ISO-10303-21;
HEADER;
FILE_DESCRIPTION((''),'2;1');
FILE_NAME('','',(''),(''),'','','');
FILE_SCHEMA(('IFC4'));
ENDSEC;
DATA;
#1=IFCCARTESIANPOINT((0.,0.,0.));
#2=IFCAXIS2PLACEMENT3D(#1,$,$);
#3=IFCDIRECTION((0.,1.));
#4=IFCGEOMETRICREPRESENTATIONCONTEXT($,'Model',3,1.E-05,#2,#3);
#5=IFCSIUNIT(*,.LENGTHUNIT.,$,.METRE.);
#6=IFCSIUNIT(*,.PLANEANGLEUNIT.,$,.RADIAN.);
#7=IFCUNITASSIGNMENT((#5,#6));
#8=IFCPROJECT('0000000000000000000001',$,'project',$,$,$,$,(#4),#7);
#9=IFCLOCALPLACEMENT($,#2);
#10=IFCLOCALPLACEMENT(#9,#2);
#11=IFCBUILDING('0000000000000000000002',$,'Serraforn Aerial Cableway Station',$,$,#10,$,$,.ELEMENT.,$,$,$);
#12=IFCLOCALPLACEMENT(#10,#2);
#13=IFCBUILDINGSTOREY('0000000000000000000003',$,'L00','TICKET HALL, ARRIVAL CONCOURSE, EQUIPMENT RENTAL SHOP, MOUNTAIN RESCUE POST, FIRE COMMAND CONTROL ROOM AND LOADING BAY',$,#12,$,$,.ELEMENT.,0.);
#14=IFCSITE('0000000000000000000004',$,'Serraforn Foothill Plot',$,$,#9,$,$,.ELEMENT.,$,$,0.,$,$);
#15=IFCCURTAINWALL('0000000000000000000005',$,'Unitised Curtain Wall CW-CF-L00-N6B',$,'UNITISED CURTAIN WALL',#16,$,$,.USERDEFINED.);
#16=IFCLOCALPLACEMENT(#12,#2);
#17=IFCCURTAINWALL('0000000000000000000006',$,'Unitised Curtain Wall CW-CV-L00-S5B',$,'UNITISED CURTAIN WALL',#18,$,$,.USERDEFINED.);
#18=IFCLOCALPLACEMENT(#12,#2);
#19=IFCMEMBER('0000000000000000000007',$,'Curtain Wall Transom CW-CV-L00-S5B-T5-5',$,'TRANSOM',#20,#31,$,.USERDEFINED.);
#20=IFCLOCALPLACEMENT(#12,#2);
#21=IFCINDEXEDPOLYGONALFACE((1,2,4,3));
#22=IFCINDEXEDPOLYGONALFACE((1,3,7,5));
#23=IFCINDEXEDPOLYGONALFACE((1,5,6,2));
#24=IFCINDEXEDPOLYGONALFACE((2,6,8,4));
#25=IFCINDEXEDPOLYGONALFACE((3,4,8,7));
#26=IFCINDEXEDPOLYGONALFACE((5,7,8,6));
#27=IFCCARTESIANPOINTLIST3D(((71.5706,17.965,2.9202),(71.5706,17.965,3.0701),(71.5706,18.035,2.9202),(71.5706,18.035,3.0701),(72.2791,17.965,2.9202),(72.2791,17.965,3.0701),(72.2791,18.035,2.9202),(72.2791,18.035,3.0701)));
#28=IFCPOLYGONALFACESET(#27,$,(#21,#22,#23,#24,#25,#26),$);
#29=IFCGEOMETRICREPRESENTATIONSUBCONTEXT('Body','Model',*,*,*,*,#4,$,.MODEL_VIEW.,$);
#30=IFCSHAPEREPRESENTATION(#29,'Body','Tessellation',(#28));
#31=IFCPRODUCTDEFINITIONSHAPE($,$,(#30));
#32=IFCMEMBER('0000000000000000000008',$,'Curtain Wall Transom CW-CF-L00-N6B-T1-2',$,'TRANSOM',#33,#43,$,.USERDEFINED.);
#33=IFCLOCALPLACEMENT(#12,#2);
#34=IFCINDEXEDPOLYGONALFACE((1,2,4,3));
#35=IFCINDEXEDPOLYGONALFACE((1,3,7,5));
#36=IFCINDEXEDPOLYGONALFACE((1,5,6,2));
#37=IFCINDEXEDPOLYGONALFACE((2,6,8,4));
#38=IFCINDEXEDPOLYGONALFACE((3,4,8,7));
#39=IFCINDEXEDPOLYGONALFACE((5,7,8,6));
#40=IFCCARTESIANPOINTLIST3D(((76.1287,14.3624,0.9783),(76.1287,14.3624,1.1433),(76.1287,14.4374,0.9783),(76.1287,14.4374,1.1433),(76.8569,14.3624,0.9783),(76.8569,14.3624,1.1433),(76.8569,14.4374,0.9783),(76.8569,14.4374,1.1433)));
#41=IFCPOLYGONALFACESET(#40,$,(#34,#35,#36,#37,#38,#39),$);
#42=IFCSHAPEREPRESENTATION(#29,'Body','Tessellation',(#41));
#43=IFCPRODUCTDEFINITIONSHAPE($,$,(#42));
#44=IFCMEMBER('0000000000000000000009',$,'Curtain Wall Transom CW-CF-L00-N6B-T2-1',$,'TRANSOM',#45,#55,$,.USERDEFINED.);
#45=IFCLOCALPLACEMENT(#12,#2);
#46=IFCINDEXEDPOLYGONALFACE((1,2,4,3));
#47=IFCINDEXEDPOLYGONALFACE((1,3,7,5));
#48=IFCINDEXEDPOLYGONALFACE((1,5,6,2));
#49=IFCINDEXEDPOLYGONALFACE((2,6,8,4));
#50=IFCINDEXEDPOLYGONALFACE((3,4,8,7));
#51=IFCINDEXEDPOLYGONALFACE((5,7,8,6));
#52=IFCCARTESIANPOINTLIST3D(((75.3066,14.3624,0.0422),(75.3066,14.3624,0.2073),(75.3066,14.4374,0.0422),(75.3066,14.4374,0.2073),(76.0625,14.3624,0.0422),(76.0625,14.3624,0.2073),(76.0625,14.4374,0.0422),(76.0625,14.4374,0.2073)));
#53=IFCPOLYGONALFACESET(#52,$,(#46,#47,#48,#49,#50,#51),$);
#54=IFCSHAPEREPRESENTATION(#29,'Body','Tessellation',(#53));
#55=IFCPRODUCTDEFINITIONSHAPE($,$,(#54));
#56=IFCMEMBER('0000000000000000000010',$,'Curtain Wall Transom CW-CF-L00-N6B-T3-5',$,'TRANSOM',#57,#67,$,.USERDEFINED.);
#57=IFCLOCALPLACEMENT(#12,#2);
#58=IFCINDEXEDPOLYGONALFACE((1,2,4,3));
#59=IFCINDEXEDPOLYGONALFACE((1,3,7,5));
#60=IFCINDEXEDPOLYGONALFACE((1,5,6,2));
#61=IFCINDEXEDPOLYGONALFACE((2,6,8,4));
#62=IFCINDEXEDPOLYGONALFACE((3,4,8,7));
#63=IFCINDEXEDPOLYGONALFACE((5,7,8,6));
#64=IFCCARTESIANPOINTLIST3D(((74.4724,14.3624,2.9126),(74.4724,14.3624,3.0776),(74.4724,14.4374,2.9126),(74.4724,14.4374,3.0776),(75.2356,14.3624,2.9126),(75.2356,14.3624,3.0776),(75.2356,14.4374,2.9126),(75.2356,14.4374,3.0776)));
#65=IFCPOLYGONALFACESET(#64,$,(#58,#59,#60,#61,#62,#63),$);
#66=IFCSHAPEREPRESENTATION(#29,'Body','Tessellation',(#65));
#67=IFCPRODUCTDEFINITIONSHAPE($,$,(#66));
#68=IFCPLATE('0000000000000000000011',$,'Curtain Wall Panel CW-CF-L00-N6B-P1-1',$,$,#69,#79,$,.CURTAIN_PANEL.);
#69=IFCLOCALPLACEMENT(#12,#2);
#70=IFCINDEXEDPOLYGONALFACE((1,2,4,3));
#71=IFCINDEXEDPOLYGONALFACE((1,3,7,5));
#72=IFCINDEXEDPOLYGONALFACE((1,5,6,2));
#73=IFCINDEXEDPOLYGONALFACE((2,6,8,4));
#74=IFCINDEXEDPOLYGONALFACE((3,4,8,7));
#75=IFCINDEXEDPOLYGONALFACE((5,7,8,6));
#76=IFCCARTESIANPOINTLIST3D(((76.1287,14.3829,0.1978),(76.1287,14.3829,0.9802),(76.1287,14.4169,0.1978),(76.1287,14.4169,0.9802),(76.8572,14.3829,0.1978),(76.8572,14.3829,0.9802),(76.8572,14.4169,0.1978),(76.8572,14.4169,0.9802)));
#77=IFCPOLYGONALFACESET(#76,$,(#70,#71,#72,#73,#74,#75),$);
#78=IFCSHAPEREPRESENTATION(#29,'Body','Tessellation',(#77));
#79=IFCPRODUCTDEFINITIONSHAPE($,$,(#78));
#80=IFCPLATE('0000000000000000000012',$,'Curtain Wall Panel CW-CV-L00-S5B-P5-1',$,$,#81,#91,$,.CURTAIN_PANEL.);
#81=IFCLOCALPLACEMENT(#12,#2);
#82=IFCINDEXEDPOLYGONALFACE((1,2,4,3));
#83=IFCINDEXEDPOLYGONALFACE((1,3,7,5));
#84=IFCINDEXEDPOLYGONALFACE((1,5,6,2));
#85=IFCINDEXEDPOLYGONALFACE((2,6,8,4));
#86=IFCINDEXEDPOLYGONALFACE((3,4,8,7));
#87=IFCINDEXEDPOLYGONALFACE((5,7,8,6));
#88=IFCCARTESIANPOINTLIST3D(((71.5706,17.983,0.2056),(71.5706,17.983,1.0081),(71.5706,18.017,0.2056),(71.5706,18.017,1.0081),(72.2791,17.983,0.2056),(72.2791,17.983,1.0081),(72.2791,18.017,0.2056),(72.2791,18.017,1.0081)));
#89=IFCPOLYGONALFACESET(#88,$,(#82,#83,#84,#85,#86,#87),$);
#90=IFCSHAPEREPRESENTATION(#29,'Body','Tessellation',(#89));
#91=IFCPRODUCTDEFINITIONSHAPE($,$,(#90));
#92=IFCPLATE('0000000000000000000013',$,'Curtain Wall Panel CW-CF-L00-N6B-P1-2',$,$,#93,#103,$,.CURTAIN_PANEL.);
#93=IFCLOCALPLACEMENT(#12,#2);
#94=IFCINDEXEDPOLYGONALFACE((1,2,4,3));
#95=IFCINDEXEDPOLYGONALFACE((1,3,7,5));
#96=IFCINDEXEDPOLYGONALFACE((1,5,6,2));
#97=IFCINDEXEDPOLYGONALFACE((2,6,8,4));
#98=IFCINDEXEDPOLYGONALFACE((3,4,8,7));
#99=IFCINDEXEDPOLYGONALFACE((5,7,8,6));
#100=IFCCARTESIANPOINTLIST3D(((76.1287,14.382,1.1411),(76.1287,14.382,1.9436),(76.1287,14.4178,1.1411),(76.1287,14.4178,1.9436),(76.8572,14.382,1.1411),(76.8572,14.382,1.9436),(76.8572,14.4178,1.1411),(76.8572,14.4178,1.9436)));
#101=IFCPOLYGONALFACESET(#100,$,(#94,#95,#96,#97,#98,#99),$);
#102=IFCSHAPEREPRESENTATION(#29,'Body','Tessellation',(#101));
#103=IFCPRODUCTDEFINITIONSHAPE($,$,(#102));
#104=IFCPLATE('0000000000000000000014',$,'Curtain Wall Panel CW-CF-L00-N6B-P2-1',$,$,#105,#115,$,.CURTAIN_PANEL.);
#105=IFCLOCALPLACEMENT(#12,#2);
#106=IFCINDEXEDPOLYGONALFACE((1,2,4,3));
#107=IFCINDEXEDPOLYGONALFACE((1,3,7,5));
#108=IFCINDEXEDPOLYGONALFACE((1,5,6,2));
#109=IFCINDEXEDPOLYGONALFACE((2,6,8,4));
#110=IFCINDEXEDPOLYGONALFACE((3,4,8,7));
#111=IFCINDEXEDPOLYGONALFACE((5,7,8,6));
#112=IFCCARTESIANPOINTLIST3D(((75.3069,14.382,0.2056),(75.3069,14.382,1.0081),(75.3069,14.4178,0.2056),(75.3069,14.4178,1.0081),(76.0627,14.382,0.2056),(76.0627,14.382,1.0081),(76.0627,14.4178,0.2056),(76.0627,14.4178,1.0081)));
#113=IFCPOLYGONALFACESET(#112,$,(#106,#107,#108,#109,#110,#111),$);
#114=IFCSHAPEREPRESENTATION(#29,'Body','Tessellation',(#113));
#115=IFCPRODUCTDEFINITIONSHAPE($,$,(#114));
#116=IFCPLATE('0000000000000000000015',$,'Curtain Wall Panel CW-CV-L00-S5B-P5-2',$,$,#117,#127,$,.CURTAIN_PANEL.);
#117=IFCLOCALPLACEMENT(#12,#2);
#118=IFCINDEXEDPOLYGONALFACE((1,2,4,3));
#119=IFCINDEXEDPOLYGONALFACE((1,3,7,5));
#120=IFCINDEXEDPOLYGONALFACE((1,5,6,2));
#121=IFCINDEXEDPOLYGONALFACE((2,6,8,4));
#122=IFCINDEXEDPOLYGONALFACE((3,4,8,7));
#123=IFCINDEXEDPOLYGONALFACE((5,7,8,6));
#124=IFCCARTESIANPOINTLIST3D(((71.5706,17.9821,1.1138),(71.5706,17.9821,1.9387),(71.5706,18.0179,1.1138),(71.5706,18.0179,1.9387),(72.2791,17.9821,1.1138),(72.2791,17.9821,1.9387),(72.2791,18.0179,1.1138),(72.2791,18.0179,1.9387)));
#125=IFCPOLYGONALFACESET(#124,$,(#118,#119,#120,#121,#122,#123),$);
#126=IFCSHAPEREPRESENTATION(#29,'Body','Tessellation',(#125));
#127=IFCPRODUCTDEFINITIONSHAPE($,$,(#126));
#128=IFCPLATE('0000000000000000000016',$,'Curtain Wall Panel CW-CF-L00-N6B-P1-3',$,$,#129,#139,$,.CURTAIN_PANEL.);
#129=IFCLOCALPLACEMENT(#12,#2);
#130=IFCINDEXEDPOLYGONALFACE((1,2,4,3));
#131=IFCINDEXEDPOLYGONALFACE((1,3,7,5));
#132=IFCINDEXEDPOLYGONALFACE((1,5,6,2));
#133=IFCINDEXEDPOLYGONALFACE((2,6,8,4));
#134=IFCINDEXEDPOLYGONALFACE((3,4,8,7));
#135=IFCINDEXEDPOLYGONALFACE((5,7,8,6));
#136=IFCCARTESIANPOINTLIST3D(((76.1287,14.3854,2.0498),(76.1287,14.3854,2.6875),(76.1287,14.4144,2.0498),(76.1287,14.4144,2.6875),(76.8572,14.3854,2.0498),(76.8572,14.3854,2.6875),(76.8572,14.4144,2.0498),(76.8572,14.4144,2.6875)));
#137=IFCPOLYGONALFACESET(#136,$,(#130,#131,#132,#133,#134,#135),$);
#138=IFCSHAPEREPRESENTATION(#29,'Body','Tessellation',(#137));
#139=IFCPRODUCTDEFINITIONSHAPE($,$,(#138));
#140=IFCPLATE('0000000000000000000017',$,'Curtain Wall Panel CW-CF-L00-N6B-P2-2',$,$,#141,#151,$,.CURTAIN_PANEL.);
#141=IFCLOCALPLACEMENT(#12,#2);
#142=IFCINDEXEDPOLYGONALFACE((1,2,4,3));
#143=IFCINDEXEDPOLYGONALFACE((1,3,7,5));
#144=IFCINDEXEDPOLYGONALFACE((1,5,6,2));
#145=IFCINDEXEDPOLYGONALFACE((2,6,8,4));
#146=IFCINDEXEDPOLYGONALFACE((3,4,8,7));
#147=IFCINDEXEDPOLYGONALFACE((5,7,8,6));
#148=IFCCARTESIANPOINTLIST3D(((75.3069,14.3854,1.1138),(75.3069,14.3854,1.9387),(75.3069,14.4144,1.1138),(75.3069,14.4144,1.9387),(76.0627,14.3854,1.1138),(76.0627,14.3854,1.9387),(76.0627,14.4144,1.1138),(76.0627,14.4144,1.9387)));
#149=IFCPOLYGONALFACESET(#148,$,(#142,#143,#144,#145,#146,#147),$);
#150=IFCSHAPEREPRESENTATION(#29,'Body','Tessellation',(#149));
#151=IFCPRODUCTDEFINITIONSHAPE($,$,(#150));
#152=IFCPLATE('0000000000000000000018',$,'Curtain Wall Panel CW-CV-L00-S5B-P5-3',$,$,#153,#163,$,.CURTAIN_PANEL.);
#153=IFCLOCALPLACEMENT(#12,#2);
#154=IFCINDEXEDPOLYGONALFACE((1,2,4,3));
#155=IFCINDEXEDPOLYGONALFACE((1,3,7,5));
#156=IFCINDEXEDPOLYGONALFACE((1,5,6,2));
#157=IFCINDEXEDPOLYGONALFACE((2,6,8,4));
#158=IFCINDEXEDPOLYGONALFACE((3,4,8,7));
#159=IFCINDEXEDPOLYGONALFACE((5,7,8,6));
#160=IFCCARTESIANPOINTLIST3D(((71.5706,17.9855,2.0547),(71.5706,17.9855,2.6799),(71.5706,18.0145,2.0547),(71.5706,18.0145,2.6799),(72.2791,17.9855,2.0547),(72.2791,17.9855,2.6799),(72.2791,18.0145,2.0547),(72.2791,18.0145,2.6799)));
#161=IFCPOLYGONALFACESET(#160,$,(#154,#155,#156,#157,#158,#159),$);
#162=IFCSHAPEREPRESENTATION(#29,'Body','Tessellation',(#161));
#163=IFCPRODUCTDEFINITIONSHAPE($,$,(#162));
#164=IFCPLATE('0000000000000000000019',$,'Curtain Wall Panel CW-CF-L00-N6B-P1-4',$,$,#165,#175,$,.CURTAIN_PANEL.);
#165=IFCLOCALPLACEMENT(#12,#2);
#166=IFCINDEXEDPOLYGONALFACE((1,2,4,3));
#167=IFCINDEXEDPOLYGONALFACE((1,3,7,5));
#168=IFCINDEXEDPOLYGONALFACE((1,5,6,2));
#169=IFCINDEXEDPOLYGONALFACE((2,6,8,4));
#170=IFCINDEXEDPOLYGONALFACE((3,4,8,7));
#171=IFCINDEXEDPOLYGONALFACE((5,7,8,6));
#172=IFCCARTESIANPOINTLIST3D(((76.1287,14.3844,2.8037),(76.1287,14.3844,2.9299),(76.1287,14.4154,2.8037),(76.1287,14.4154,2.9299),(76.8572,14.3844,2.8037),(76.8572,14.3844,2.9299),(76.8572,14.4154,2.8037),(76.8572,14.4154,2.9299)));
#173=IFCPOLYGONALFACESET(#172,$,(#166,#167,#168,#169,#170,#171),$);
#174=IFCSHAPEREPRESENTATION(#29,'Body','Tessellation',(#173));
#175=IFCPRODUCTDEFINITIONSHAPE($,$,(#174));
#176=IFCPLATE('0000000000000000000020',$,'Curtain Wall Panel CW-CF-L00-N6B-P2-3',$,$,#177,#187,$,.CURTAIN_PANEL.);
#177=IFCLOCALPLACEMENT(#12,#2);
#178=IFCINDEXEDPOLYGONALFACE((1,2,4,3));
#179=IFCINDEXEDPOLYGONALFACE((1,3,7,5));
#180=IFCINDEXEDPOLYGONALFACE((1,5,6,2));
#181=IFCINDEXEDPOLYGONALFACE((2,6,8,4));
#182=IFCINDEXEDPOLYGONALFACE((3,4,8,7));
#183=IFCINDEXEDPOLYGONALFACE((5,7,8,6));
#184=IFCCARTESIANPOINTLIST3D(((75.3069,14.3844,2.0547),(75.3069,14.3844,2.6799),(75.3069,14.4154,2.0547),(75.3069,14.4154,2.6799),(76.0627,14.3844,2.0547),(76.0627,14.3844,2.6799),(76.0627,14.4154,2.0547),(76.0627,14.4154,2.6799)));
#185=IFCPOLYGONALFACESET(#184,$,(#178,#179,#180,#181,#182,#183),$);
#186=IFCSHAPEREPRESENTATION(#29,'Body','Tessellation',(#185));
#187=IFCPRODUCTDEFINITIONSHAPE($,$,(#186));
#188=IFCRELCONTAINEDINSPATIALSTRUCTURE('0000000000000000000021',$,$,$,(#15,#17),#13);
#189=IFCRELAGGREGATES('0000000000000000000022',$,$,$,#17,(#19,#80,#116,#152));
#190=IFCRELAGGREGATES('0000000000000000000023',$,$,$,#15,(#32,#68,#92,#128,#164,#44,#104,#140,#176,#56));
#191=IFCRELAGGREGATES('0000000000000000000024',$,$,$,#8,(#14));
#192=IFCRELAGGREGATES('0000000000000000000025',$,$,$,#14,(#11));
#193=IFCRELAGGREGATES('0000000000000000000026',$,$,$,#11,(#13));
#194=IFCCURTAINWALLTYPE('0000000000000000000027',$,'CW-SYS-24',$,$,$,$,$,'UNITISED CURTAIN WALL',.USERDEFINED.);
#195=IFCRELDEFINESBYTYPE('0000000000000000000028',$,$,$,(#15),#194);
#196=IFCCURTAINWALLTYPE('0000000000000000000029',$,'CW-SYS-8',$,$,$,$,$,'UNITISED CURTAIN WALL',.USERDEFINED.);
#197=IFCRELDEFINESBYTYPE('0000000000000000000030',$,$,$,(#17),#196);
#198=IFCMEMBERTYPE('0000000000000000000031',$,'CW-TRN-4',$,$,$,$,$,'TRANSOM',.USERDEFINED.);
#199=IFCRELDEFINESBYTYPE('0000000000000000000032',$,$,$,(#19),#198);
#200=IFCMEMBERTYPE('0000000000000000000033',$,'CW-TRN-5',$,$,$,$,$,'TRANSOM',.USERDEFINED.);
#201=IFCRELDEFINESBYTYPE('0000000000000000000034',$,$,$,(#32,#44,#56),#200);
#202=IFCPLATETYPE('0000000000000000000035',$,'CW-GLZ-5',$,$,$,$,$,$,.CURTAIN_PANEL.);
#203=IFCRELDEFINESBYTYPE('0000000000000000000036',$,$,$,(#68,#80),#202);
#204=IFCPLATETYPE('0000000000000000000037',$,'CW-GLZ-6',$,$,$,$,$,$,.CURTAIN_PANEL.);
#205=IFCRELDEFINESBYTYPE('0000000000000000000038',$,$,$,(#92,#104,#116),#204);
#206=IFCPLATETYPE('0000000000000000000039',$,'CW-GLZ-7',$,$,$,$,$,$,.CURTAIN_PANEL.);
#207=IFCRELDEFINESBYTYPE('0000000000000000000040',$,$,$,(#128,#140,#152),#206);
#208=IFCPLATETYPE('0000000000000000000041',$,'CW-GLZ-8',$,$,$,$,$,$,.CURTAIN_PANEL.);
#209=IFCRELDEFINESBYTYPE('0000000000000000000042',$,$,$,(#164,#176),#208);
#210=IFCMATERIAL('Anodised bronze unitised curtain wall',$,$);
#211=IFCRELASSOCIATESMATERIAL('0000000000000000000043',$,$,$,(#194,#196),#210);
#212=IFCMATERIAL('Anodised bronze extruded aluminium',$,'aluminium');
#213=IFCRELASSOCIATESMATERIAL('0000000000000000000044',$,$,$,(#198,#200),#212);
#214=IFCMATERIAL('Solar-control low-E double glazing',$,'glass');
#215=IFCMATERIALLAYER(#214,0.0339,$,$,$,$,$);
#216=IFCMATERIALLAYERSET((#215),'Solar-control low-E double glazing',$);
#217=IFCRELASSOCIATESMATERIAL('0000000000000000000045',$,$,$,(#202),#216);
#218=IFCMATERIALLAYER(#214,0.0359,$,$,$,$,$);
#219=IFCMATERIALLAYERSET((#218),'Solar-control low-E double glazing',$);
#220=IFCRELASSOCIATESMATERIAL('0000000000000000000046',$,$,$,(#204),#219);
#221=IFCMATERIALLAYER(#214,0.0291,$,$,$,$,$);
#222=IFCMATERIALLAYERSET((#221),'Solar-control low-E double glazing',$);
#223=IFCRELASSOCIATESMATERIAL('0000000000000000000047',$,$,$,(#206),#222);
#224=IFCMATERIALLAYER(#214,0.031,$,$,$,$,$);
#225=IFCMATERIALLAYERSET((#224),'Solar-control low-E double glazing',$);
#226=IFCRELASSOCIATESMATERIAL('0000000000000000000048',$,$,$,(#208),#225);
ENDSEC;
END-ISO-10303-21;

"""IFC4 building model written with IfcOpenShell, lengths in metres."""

from ifc_helpers import new_model, si_unit, direction, frame, origin, origin_2d, place, context, subcontext, project, spatial, rectangle, extrude, material, layer, layer_set, material_profile, profile_set, type_object, element, aggregate, save


model = new_model("IFC4")

# Units and contexts
model_context = context("Model", 3, precision=1e-05, world=origin(), true_north=direction((0.0, 1.0)))
body_context = subcontext(model_context, "Body", "Model", "MODEL_VIEW")
ifc_project = project(units=[si_unit("LENGTHUNIT", "METRE"), si_unit("PLANEANGLEUNIT", "RADIAN")], contexts=[model_context])

# Site, building, storey
site_placement = place(None, origin())
site = spatial("IfcSite", under=ifc_project, at=site_placement, Name="Serraforn Foothill Plot", CompositionType="ELEMENT", RefElevation=0.0)
building_placement = place(site_placement, origin())
building = spatial("IfcBuilding", under=site, at=building_placement, Name="Serraforn Aerial Cableway Station", CompositionType="ELEMENT")
storey_placement = place(building_placement, origin())
storey = spatial("IfcBuildingStorey", under=building, at=storey_placement, Name="L00", Description="TICKET HALL, ARRIVAL CONCOURSE, EQUIPMENT RENTAL SHOP, MOUNTAIN RESCUE POST, FIRE COMMAND CONTROL ROOM AND LOADING BAY", CompositionType="ELEMENT", Elevation=0.0)

# Curtain wall
ifc_material_1 = material(Name="Anodised bronze unitised curtain wall")
curtain_wall_type_1 = type_object("IfcCurtainWallType", Name="CW-SYS-24", ElementType="UNITISED CURTAIN WALL", PredefinedType="USERDEFINED", material=ifc_material_1)
curtain_wall_1_placement = place(storey_placement, origin())
curtain_wall_1 = element("IfcCurtainWall", 1, at=curtain_wall_1_placement, inside=storey, type_object=curtain_wall_type_1, Name="Unitised Curtain Wall CW-CF-L00-N6B", ObjectType="UNITISED CURTAIN WALL", PredefinedType="USERDEFINED")
ifc_material_2 = material(Name="Anodised bronze extruded aluminium", Category="aluminium")

# Curtain wall
curtain_wall_type_2 = type_object("IfcCurtainWallType", Name="CW-SYS-8", ElementType="UNITISED CURTAIN WALL", PredefinedType="USERDEFINED", material=ifc_material_1)
curtain_wall_2_placement = place(storey_placement, origin())
curtain_wall_2 = element("IfcCurtainWall", 2, at=curtain_wall_2_placement, inside=storey, type_object=curtain_wall_type_2, Name="Unitised Curtain Wall CW-CV-L00-S5B", ObjectType="UNITISED CURTAIN WALL", PredefinedType="USERDEFINED")

# Members
ifc_material_profile_1 = material_profile(ifc_material_2, rectangle(XDim=0.0701, YDim=0.1499, at=origin_2d()), Name="CW TRANSOM 70x150")
ifc_profile_set_1 = profile_set([ifc_material_profile_1], Name="Anodised bronze extruded aluminium")
member_type_1 = type_object("IfcMemberType", Name="CW-TRN-4", ElementType="TRANSOM", PredefinedType="USERDEFINED", material=ifc_profile_set_1)
member_1_placement = place(storey_placement, frame((71.5706, 18.0, 2.9951), z_axis=(1.0, 0.0, 0.0), x_axis=(0.0, 1.0, 0.0)))
member_1 = element("IfcMember", 3, at=member_1_placement, type_object=member_type_1, Name="Curtain Wall Transom CW-CV-L00-S5B-T5-5", ObjectType="TRANSOM", PredefinedType="USERDEFINED", context=body_context, shape_type="SweptSolid", body=[
    extrude(rectangle(XDim=0.0701, YDim=0.1499, at=origin_2d()), origin(), (0.0, 0.0, 1.0), 0.7085),
])
ifc_material_profile_2 = material_profile(ifc_material_2, rectangle(XDim=0.075, YDim=0.165, at=origin_2d()), Name="CW TRANSOM 75x165")
ifc_profile_set_2 = profile_set([ifc_material_profile_2], Name="Anodised bronze extruded aluminium")
member_type_2 = type_object("IfcMemberType", Name="CW-TRN-5", ElementType="TRANSOM", PredefinedType="USERDEFINED", material=ifc_profile_set_2)
member_2_placement = place(storey_placement, frame((76.8569, 14.3999, 1.0608), z_axis=(-1.0, 0.0, 0.0), x_axis=(0.0, -1.0, 0.0)))
member_2 = element("IfcMember", 4, at=member_2_placement, type_object=member_type_2, Name="Curtain Wall Transom CW-CF-L00-N6B-T1-2", ObjectType="TRANSOM", PredefinedType="USERDEFINED", context=body_context, shape_type="SweptSolid", body=[
    extrude(rectangle(XDim=0.075, YDim=0.165, at=origin_2d()), origin(), (0.0, 0.0, 1.0), 0.7283),
])
member_3_placement = place(storey_placement, frame((76.0625, 14.3999, 0.1248), z_axis=(-1.0, 0.0, 0.0), x_axis=(0.0, -1.0, 0.0)))
member_3 = element("IfcMember", 5, at=member_3_placement, type_object=member_type_2, Name="Curtain Wall Transom CW-CF-L00-N6B-T2-1", ObjectType="TRANSOM", PredefinedType="USERDEFINED", context=body_context, shape_type="SweptSolid", body=[
    extrude(rectangle(XDim=0.075, YDim=0.165, at=origin_2d()), origin(), (0.0, 0.0, 1.0), 0.7559),
])
member_4_placement = place(storey_placement, frame((75.2356, 14.3999, 2.9951), z_axis=(-1.0, 0.0, 0.0), x_axis=(0.0, -1.0, 0.0)))
member_4 = element("IfcMember", 6, at=member_4_placement, type_object=member_type_2, Name="Curtain Wall Transom CW-CF-L00-N6B-T3-5", ObjectType="TRANSOM", PredefinedType="USERDEFINED", context=body_context, shape_type="SweptSolid", body=[
    extrude(rectangle(XDim=0.075, YDim=0.165, at=origin_2d()), origin(), (0.0, 0.0, 1.0), 0.7632),
])

# Plates
ifc_material_3 = material(Name="Solar-control low-E double glazing", Category="glass")
ifc_layer_1 = layer(ifc_material_3, 0.0339)
ifc_layer_set_1 = layer_set([ifc_layer_1], Name="Solar-control low-E double glazing")
plate_type_1 = type_object("IfcPlateType", Name="CW-GLZ-5", PredefinedType="CURTAIN_PANEL", material=ifc_layer_set_1)
plate_1_placement = place(storey_placement, frame((76.4929, 14.3999, 0.1978), z_axis=(0.0, 0.0, 1.0), x_axis=(1.0, 0.0, 0.0)))
plate_1 = element("IfcPlate", 7, at=plate_1_placement, type_object=plate_type_1, Name="Curtain Wall Panel CW-CF-L00-N6B-P1-1", PredefinedType="CURTAIN_PANEL", context=body_context, shape_type="SweptSolid", body=[
    extrude(rectangle(XDim=0.7285, YDim=0.0339, at=origin_2d()), origin(), (0.0, 0.0, 1.0), 0.7825),
])
plate_2_placement = place(storey_placement, frame((71.9248, 18.0, 0.2056), z_axis=(0.0, 0.0, 1.0), x_axis=(1.0, 0.0, 0.0)))
plate_2 = element("IfcPlate", 8, at=plate_2_placement, type_object=plate_type_1, Name="Curtain Wall Panel CW-CV-L00-S5B-P5-1", PredefinedType="CURTAIN_PANEL", context=body_context, shape_type="SweptSolid", body=[
    extrude(rectangle(XDim=0.7085, YDim=0.0339, at=origin_2d()), origin(), (0.0, 0.0, 1.0), 0.8025),
])
ifc_layer_2 = layer(ifc_material_3, 0.0359)
ifc_layer_set_2 = layer_set([ifc_layer_2], Name="Solar-control low-E double glazing")
plate_type_2 = type_object("IfcPlateType", Name="CW-GLZ-6", PredefinedType="CURTAIN_PANEL", material=ifc_layer_set_2)
plate_3_placement = place(storey_placement, frame((76.4929, 14.3999, 1.1411), z_axis=(0.0, 0.0, 1.0), x_axis=(1.0, 0.0, 0.0)))
plate_3 = element("IfcPlate", 9, at=plate_3_placement, type_object=plate_type_2, Name="Curtain Wall Panel CW-CF-L00-N6B-P1-2", PredefinedType="CURTAIN_PANEL", context=body_context, shape_type="SweptSolid", body=[
    extrude(rectangle(XDim=0.7285, YDim=0.0359, at=origin_2d()), origin(), (0.0, 0.0, 1.0), 0.8025),
])
plate_4_placement = place(storey_placement, frame((75.6848, 14.3999, 0.2056), z_axis=(0.0, 0.0, 1.0), x_axis=(1.0, 0.0, 0.0)))
plate_4 = element("IfcPlate", 10, at=plate_4_placement, type_object=plate_type_2, Name="Curtain Wall Panel CW-CF-L00-N6B-P2-1", PredefinedType="CURTAIN_PANEL", context=body_context, shape_type="SweptSolid", body=[
    extrude(rectangle(XDim=0.7559, YDim=0.0359, at=origin_2d()), origin(), (0.0, 0.0, 1.0), 0.8025),
])
plate_5_placement = place(storey_placement, frame((71.9248, 18.0, 1.1138), z_axis=(0.0, 0.0, 1.0), x_axis=(1.0, 0.0, 0.0)))
plate_5 = element("IfcPlate", 11, at=plate_5_placement, type_object=plate_type_2, Name="Curtain Wall Panel CW-CV-L00-S5B-P5-2", PredefinedType="CURTAIN_PANEL", context=body_context, shape_type="SweptSolid", body=[
    extrude(rectangle(XDim=0.7085, YDim=0.0359, at=origin_2d()), origin(), (0.0, 0.0, 1.0), 0.825),
])
ifc_layer_3 = layer(ifc_material_3, 0.0291)
ifc_layer_set_3 = layer_set([ifc_layer_3], Name="Solar-control low-E double glazing")
plate_type_3 = type_object("IfcPlateType", Name="CW-GLZ-7", PredefinedType="CURTAIN_PANEL", material=ifc_layer_set_3)
plate_6_placement = place(storey_placement, frame((76.4929, 14.3999, 2.0498), z_axis=(0.0, 0.0, 1.0), x_axis=(1.0, 0.0, 0.0)))
plate_6 = element("IfcPlate", 12, at=plate_6_placement, type_object=plate_type_3, Name="Curtain Wall Panel CW-CF-L00-N6B-P1-3", PredefinedType="CURTAIN_PANEL", context=body_context, shape_type="SweptSolid", body=[
    extrude(rectangle(XDim=0.7285, YDim=0.0291, at=origin_2d()), origin(), (0.0, 0.0, 1.0), 0.6377),
])
plate_7_placement = place(storey_placement, frame((75.6848, 14.3999, 1.1138), z_axis=(0.0, 0.0, 1.0), x_axis=(1.0, 0.0, 0.0)))
plate_7 = element("IfcPlate", 13, at=plate_7_placement, type_object=plate_type_3, Name="Curtain Wall Panel CW-CF-L00-N6B-P2-2", PredefinedType="CURTAIN_PANEL", context=body_context, shape_type="SweptSolid", body=[
    extrude(rectangle(XDim=0.7559, YDim=0.0291, at=origin_2d()), origin(), (0.0, 0.0, 1.0), 0.825),
])
plate_8_placement = place(storey_placement, frame((71.9248, 18.0, 2.0547), z_axis=(0.0, 0.0, 1.0), x_axis=(1.0, 0.0, 0.0)))
plate_8 = element("IfcPlate", 14, at=plate_8_placement, type_object=plate_type_3, Name="Curtain Wall Panel CW-CV-L00-S5B-P5-3", PredefinedType="CURTAIN_PANEL", context=body_context, shape_type="SweptSolid", body=[
    extrude(rectangle(XDim=0.7085, YDim=0.0291, at=origin_2d()), origin(), (0.0, 0.0, 1.0), 0.6252),
])
aggregate(curtain_wall_2, [member_1, plate_2, plate_5, plate_8])
ifc_layer_4 = layer(ifc_material_3, 0.031)
ifc_layer_set_4 = layer_set([ifc_layer_4], Name="Solar-control low-E double glazing")
plate_type_4 = type_object("IfcPlateType", Name="CW-GLZ-8", PredefinedType="CURTAIN_PANEL", material=ifc_layer_set_4)
plate_9_placement = place(storey_placement, frame((76.4929, 14.3999, 2.8037), z_axis=(0.0, 0.0, 1.0), x_axis=(1.0, 0.0, 0.0)))
plate_9 = element("IfcPlate", 15, at=plate_9_placement, type_object=plate_type_4, Name="Curtain Wall Panel CW-CF-L00-N6B-P1-4", PredefinedType="CURTAIN_PANEL", context=body_context, shape_type="SweptSolid", body=[
    extrude(rectangle(XDim=0.7285, YDim=0.031, at=origin_2d()), origin(), (0.0, 0.0, 1.0), 0.1262),
])
plate_10_placement = place(storey_placement, frame((75.6848, 14.3999, 2.0547), z_axis=(0.0, 0.0, 1.0), x_axis=(1.0, 0.0, 0.0)))
plate_10 = element("IfcPlate", 16, at=plate_10_placement, type_object=plate_type_4, Name="Curtain Wall Panel CW-CF-L00-N6B-P2-3", PredefinedType="CURTAIN_PANEL", context=body_context, shape_type="SweptSolid", body=[
    extrude(rectangle(XDim=0.7559, YDim=0.031, at=origin_2d()), origin(), (0.0, 0.0, 1.0), 0.6252),
])
aggregate(curtain_wall_1, [member_2, plate_1, plate_3, plate_6, plate_9, member_3, plate_4, plate_7, plate_10, member_4])

save(model, "model.ifc")
